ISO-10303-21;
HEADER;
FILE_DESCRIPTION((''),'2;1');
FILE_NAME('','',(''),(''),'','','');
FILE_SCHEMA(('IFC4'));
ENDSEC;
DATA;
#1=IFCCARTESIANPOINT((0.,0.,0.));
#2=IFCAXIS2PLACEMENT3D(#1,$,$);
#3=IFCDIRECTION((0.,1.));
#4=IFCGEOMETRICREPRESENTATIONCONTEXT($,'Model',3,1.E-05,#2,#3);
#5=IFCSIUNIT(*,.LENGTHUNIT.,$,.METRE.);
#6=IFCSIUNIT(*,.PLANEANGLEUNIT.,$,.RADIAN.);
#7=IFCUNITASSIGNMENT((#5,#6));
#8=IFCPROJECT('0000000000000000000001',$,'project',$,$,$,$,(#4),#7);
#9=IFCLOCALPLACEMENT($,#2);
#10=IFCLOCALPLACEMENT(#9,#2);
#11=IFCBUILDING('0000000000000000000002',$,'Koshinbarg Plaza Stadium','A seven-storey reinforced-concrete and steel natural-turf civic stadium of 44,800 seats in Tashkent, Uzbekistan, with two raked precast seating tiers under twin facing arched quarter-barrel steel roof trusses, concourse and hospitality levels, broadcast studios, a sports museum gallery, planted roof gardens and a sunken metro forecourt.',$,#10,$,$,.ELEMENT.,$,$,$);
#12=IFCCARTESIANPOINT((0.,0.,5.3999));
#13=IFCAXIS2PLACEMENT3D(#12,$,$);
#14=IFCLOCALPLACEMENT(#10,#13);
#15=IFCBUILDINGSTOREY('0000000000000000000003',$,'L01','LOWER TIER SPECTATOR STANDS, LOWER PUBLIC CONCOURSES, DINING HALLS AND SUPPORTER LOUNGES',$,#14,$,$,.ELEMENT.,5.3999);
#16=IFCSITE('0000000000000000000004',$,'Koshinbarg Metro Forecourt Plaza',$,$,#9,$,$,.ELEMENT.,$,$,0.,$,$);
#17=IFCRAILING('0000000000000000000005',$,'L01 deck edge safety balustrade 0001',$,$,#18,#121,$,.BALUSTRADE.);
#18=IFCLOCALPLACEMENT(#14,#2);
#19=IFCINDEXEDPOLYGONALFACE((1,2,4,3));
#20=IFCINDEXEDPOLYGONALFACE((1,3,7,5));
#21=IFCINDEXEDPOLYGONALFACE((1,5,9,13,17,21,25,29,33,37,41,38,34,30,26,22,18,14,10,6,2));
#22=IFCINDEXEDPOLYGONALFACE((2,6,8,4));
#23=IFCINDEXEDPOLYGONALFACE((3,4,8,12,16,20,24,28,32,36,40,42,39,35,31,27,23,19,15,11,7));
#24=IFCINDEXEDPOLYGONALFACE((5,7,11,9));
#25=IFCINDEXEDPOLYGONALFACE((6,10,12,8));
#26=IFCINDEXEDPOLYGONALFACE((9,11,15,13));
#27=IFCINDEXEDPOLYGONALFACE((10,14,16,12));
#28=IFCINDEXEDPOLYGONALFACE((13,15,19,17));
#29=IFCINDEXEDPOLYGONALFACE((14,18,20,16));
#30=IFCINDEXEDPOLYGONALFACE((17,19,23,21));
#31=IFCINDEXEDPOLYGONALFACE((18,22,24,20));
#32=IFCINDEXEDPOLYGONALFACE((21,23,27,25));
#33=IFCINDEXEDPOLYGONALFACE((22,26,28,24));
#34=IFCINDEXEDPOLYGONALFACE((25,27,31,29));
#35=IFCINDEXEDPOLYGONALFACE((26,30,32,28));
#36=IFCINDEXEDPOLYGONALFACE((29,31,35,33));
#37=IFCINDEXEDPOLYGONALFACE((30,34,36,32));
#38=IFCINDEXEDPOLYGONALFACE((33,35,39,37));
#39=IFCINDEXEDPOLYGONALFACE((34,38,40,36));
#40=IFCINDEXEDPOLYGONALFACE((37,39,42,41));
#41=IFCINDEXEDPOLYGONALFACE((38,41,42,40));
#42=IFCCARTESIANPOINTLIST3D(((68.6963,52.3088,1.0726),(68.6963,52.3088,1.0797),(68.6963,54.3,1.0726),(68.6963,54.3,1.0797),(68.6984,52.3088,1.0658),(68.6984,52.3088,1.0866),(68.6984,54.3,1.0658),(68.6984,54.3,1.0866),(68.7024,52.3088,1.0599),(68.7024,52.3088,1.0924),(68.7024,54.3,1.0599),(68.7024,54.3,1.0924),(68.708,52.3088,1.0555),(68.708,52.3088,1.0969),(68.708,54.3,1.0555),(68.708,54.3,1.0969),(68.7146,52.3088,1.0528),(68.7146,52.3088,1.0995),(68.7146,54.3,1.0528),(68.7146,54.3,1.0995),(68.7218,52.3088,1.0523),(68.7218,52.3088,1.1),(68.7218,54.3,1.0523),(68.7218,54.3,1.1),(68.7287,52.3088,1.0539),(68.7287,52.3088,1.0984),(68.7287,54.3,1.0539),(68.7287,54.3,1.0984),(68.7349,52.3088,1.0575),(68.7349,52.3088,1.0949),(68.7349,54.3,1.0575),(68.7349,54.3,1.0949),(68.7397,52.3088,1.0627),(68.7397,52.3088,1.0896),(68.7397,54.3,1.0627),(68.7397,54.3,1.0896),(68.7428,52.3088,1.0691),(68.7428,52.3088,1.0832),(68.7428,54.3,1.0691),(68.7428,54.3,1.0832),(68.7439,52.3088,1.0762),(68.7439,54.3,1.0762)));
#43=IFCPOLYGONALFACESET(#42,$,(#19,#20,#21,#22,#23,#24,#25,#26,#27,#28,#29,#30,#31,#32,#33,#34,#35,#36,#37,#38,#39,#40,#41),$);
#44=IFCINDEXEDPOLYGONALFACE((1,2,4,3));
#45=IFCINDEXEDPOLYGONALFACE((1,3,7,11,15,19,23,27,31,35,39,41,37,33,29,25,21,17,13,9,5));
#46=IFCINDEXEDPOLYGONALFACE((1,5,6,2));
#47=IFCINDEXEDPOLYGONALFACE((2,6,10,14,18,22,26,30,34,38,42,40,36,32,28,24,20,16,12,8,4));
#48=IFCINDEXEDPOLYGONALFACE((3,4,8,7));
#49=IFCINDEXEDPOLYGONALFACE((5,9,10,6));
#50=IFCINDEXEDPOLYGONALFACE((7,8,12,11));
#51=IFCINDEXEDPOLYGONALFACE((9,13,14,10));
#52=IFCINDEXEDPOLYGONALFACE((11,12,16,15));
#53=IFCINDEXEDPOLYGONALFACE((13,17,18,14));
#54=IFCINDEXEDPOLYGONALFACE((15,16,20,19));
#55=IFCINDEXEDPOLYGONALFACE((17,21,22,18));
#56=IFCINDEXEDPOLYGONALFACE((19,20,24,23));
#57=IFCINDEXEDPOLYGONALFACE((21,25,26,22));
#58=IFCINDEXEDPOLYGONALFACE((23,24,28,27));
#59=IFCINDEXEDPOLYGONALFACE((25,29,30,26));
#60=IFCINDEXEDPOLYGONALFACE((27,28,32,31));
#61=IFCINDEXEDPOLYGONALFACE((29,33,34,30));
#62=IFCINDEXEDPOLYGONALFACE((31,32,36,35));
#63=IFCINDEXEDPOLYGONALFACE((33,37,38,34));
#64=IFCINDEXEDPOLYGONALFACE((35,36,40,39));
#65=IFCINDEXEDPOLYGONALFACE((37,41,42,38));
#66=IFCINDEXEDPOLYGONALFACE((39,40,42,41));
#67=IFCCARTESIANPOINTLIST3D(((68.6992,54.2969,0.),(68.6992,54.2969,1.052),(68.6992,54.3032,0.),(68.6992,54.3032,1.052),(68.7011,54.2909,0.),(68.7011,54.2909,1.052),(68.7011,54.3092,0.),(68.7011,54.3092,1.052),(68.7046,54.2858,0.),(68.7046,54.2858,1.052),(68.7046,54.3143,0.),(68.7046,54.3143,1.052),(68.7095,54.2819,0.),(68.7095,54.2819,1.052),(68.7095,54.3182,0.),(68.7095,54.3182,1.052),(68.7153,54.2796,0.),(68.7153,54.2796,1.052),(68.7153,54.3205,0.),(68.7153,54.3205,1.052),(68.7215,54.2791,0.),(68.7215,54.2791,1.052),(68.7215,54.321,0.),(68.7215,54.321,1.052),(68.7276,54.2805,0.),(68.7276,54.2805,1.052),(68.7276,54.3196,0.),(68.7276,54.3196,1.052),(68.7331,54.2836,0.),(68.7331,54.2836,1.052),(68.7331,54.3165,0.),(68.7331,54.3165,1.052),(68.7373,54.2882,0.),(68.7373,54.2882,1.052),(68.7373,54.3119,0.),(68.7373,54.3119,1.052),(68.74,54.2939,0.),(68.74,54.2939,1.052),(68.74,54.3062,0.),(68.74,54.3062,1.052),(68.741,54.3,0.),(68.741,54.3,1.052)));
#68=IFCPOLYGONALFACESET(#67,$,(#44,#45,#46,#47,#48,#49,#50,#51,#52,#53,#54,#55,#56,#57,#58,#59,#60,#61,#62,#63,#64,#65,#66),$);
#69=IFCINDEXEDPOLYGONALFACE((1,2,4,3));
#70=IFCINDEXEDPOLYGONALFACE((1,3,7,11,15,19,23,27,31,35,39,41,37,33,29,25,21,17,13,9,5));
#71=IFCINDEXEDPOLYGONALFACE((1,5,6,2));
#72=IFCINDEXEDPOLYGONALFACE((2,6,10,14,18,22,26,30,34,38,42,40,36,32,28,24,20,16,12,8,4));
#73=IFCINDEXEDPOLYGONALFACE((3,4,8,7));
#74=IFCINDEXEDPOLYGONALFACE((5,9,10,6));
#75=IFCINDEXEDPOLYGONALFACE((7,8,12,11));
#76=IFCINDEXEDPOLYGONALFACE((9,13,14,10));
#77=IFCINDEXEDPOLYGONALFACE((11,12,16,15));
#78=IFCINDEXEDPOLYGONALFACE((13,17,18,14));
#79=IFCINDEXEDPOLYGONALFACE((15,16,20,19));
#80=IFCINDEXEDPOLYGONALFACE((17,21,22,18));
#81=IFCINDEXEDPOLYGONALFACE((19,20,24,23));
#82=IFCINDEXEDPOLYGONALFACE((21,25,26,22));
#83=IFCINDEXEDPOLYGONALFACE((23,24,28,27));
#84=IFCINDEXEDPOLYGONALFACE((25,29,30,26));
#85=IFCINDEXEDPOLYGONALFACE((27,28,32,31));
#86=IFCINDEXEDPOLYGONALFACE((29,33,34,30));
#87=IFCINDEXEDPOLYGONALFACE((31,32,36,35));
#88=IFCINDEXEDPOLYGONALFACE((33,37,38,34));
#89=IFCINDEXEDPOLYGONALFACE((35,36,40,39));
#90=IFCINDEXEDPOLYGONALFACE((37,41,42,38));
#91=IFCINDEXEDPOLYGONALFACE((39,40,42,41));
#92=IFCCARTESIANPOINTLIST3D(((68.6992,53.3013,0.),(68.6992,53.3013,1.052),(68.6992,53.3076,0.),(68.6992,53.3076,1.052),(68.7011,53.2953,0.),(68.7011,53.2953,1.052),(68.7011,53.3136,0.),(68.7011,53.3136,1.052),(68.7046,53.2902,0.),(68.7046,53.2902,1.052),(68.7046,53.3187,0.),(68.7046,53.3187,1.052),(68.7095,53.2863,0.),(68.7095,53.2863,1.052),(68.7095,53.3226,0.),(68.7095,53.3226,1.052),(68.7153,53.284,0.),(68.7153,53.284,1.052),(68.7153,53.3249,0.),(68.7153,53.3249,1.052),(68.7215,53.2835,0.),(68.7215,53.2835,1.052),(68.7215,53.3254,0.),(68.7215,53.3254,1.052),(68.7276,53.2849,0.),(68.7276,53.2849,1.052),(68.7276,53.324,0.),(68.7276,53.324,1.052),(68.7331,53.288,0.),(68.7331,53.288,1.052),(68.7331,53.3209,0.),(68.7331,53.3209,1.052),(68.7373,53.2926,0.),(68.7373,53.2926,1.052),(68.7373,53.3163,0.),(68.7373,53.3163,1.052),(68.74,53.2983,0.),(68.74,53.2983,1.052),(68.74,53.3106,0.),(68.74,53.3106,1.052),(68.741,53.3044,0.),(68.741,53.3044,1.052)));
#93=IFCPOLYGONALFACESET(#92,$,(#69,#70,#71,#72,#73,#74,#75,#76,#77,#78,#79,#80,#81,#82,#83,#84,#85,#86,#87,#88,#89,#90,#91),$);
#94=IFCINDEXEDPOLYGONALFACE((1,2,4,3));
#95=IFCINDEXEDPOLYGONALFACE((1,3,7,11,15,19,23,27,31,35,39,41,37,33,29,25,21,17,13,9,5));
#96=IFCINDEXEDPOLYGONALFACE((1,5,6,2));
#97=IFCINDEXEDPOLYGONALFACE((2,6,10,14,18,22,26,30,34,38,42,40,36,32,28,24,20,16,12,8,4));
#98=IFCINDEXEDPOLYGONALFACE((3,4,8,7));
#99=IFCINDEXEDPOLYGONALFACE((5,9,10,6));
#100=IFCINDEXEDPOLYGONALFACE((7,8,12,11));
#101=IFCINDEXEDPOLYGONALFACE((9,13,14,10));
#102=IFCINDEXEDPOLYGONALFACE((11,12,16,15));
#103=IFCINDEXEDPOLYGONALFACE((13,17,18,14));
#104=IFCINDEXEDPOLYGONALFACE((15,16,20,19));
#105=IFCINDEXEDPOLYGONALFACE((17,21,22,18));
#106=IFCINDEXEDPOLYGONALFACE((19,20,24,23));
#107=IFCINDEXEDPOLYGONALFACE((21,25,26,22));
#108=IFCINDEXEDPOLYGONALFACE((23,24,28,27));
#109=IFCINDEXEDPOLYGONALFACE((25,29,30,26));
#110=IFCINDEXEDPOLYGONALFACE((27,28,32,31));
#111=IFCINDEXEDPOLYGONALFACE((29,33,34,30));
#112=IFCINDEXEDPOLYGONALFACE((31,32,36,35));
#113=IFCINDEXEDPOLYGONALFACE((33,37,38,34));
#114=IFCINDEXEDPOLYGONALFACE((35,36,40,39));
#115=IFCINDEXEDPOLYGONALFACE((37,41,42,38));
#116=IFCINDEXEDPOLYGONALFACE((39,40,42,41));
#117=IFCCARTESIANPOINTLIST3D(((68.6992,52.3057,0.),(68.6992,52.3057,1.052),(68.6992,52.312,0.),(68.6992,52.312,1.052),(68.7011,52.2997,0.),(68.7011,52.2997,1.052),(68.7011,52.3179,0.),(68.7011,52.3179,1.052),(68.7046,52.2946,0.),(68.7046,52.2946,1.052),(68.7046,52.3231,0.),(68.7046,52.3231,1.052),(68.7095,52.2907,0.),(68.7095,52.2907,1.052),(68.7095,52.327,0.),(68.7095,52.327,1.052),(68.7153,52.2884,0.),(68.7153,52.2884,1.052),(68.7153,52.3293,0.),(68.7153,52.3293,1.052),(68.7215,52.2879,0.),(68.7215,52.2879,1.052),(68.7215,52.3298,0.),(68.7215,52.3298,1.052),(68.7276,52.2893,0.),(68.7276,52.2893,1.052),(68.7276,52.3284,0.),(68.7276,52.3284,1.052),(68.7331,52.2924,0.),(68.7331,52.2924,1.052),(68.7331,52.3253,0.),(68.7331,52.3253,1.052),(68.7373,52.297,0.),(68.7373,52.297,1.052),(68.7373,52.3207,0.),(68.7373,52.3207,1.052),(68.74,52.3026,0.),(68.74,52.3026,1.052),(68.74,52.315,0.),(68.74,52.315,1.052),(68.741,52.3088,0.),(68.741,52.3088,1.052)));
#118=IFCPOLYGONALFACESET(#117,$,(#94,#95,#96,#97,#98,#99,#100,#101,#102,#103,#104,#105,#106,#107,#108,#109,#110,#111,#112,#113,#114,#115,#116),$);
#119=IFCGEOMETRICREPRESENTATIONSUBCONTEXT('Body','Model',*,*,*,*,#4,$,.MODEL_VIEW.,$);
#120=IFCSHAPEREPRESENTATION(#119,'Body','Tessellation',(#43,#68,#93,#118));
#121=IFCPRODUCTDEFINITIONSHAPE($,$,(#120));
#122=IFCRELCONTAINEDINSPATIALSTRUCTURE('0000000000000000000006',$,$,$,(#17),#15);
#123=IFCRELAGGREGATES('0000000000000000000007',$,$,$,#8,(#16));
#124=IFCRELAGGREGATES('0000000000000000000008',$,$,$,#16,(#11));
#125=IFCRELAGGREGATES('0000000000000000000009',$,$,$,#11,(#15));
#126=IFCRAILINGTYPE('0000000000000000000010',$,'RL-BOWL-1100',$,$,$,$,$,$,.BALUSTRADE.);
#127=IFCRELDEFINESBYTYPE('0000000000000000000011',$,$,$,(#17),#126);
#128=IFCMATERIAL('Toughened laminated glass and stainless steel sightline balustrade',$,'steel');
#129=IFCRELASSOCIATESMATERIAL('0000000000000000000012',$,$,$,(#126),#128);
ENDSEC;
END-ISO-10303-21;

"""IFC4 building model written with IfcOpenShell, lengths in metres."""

from ifc_helpers import new_model, si_unit, direction, frame, origin, origin_2d, place, context, subcontext, project, spatial, circle, extrude, material, type_object, element, save


model = new_model("IFC4")

# Units and contexts
model_context = context("Model", 3, precision=1e-05, world=origin(), true_north=direction((0.0, 1.0)))
body_context = subcontext(model_context, "Body", "Model", "MODEL_VIEW")
ifc_project = project(units=[si_unit("LENGTHUNIT", "METRE"), si_unit("PLANEANGLEUNIT", "RADIAN")], contexts=[model_context])

# Site, building, storey
site_placement = place(None, origin())
site = spatial("IfcSite", under=ifc_project, at=site_placement, Name="Koshinbarg Metro Forecourt Plaza", CompositionType="ELEMENT", RefElevation=0.0)
building_placement = place(site_placement, origin())
building = spatial("IfcBuilding", under=site, at=building_placement, Name="Koshinbarg Plaza Stadium", Description="A seven-storey reinforced-concrete and steel natural-turf civic stadium of 44,800 seats in Tashkent, Uzbekistan, with two raked precast seating tiers under twin facing arched quarter-barrel steel roof trusses, concourse and hospitality levels, broadcast studios, a sports museum gallery, planted roof gardens and a sunken metro forecourt.", CompositionType="ELEMENT")
storey_placement = place(building_placement, frame((0.0, 0.0, 5.3999)))
storey = spatial("IfcBuildingStorey", under=building, at=storey_placement, Name="L01", Description="LOWER TIER SPECTATOR STANDS, LOWER PUBLIC CONCOURSES, DINING HALLS AND SUPPORTER LOUNGES", CompositionType="ELEMENT", Elevation=5.3999)

# Railing
ifc_material_1 = material(Name="Toughened laminated glass and stainless steel sightline balustrade", Category="steel")
railing_type_1 = type_object("IfcRailingType", Name="RL-BOWL-1100", PredefinedType="BALUSTRADE", material=ifc_material_1)
railing_1_placement = place(storey_placement, frame((68.72, 54.3, 0.0)))
element("IfcRailing", 1, at=railing_1_placement, inside=storey, type_object=railing_type_1, Name="L01 deck edge safety balustrade 0001", PredefinedType="BALUSTRADE", context=body_context, shape_type="SweptSolid", body=[
    extrude(circle(Radius=0.0239, at=origin_2d()), frame((0.0, 0.0, 1.0762), z_axis=(0.0, -1.0, 0.0), x_axis=(1.0, 0.0, 0.0)), (0.0, 0.0, 1.0), 1.9912),
    extrude(circle(Radius=0.021, at=origin_2d()), origin(), (0.0, 0.0, 1.0), 1.052),
    extrude(circle(Radius=0.021, at=origin_2d()), frame((0.0, -0.9956, 0.0)), (0.0, 0.0, 1.0), 1.052),
    extrude(circle(Radius=0.021, at=origin_2d()), frame((0.0, -1.9912, 0.0)), (0.0, 0.0, 1.0), 1.052),
])

save(model, "model.ifc")
